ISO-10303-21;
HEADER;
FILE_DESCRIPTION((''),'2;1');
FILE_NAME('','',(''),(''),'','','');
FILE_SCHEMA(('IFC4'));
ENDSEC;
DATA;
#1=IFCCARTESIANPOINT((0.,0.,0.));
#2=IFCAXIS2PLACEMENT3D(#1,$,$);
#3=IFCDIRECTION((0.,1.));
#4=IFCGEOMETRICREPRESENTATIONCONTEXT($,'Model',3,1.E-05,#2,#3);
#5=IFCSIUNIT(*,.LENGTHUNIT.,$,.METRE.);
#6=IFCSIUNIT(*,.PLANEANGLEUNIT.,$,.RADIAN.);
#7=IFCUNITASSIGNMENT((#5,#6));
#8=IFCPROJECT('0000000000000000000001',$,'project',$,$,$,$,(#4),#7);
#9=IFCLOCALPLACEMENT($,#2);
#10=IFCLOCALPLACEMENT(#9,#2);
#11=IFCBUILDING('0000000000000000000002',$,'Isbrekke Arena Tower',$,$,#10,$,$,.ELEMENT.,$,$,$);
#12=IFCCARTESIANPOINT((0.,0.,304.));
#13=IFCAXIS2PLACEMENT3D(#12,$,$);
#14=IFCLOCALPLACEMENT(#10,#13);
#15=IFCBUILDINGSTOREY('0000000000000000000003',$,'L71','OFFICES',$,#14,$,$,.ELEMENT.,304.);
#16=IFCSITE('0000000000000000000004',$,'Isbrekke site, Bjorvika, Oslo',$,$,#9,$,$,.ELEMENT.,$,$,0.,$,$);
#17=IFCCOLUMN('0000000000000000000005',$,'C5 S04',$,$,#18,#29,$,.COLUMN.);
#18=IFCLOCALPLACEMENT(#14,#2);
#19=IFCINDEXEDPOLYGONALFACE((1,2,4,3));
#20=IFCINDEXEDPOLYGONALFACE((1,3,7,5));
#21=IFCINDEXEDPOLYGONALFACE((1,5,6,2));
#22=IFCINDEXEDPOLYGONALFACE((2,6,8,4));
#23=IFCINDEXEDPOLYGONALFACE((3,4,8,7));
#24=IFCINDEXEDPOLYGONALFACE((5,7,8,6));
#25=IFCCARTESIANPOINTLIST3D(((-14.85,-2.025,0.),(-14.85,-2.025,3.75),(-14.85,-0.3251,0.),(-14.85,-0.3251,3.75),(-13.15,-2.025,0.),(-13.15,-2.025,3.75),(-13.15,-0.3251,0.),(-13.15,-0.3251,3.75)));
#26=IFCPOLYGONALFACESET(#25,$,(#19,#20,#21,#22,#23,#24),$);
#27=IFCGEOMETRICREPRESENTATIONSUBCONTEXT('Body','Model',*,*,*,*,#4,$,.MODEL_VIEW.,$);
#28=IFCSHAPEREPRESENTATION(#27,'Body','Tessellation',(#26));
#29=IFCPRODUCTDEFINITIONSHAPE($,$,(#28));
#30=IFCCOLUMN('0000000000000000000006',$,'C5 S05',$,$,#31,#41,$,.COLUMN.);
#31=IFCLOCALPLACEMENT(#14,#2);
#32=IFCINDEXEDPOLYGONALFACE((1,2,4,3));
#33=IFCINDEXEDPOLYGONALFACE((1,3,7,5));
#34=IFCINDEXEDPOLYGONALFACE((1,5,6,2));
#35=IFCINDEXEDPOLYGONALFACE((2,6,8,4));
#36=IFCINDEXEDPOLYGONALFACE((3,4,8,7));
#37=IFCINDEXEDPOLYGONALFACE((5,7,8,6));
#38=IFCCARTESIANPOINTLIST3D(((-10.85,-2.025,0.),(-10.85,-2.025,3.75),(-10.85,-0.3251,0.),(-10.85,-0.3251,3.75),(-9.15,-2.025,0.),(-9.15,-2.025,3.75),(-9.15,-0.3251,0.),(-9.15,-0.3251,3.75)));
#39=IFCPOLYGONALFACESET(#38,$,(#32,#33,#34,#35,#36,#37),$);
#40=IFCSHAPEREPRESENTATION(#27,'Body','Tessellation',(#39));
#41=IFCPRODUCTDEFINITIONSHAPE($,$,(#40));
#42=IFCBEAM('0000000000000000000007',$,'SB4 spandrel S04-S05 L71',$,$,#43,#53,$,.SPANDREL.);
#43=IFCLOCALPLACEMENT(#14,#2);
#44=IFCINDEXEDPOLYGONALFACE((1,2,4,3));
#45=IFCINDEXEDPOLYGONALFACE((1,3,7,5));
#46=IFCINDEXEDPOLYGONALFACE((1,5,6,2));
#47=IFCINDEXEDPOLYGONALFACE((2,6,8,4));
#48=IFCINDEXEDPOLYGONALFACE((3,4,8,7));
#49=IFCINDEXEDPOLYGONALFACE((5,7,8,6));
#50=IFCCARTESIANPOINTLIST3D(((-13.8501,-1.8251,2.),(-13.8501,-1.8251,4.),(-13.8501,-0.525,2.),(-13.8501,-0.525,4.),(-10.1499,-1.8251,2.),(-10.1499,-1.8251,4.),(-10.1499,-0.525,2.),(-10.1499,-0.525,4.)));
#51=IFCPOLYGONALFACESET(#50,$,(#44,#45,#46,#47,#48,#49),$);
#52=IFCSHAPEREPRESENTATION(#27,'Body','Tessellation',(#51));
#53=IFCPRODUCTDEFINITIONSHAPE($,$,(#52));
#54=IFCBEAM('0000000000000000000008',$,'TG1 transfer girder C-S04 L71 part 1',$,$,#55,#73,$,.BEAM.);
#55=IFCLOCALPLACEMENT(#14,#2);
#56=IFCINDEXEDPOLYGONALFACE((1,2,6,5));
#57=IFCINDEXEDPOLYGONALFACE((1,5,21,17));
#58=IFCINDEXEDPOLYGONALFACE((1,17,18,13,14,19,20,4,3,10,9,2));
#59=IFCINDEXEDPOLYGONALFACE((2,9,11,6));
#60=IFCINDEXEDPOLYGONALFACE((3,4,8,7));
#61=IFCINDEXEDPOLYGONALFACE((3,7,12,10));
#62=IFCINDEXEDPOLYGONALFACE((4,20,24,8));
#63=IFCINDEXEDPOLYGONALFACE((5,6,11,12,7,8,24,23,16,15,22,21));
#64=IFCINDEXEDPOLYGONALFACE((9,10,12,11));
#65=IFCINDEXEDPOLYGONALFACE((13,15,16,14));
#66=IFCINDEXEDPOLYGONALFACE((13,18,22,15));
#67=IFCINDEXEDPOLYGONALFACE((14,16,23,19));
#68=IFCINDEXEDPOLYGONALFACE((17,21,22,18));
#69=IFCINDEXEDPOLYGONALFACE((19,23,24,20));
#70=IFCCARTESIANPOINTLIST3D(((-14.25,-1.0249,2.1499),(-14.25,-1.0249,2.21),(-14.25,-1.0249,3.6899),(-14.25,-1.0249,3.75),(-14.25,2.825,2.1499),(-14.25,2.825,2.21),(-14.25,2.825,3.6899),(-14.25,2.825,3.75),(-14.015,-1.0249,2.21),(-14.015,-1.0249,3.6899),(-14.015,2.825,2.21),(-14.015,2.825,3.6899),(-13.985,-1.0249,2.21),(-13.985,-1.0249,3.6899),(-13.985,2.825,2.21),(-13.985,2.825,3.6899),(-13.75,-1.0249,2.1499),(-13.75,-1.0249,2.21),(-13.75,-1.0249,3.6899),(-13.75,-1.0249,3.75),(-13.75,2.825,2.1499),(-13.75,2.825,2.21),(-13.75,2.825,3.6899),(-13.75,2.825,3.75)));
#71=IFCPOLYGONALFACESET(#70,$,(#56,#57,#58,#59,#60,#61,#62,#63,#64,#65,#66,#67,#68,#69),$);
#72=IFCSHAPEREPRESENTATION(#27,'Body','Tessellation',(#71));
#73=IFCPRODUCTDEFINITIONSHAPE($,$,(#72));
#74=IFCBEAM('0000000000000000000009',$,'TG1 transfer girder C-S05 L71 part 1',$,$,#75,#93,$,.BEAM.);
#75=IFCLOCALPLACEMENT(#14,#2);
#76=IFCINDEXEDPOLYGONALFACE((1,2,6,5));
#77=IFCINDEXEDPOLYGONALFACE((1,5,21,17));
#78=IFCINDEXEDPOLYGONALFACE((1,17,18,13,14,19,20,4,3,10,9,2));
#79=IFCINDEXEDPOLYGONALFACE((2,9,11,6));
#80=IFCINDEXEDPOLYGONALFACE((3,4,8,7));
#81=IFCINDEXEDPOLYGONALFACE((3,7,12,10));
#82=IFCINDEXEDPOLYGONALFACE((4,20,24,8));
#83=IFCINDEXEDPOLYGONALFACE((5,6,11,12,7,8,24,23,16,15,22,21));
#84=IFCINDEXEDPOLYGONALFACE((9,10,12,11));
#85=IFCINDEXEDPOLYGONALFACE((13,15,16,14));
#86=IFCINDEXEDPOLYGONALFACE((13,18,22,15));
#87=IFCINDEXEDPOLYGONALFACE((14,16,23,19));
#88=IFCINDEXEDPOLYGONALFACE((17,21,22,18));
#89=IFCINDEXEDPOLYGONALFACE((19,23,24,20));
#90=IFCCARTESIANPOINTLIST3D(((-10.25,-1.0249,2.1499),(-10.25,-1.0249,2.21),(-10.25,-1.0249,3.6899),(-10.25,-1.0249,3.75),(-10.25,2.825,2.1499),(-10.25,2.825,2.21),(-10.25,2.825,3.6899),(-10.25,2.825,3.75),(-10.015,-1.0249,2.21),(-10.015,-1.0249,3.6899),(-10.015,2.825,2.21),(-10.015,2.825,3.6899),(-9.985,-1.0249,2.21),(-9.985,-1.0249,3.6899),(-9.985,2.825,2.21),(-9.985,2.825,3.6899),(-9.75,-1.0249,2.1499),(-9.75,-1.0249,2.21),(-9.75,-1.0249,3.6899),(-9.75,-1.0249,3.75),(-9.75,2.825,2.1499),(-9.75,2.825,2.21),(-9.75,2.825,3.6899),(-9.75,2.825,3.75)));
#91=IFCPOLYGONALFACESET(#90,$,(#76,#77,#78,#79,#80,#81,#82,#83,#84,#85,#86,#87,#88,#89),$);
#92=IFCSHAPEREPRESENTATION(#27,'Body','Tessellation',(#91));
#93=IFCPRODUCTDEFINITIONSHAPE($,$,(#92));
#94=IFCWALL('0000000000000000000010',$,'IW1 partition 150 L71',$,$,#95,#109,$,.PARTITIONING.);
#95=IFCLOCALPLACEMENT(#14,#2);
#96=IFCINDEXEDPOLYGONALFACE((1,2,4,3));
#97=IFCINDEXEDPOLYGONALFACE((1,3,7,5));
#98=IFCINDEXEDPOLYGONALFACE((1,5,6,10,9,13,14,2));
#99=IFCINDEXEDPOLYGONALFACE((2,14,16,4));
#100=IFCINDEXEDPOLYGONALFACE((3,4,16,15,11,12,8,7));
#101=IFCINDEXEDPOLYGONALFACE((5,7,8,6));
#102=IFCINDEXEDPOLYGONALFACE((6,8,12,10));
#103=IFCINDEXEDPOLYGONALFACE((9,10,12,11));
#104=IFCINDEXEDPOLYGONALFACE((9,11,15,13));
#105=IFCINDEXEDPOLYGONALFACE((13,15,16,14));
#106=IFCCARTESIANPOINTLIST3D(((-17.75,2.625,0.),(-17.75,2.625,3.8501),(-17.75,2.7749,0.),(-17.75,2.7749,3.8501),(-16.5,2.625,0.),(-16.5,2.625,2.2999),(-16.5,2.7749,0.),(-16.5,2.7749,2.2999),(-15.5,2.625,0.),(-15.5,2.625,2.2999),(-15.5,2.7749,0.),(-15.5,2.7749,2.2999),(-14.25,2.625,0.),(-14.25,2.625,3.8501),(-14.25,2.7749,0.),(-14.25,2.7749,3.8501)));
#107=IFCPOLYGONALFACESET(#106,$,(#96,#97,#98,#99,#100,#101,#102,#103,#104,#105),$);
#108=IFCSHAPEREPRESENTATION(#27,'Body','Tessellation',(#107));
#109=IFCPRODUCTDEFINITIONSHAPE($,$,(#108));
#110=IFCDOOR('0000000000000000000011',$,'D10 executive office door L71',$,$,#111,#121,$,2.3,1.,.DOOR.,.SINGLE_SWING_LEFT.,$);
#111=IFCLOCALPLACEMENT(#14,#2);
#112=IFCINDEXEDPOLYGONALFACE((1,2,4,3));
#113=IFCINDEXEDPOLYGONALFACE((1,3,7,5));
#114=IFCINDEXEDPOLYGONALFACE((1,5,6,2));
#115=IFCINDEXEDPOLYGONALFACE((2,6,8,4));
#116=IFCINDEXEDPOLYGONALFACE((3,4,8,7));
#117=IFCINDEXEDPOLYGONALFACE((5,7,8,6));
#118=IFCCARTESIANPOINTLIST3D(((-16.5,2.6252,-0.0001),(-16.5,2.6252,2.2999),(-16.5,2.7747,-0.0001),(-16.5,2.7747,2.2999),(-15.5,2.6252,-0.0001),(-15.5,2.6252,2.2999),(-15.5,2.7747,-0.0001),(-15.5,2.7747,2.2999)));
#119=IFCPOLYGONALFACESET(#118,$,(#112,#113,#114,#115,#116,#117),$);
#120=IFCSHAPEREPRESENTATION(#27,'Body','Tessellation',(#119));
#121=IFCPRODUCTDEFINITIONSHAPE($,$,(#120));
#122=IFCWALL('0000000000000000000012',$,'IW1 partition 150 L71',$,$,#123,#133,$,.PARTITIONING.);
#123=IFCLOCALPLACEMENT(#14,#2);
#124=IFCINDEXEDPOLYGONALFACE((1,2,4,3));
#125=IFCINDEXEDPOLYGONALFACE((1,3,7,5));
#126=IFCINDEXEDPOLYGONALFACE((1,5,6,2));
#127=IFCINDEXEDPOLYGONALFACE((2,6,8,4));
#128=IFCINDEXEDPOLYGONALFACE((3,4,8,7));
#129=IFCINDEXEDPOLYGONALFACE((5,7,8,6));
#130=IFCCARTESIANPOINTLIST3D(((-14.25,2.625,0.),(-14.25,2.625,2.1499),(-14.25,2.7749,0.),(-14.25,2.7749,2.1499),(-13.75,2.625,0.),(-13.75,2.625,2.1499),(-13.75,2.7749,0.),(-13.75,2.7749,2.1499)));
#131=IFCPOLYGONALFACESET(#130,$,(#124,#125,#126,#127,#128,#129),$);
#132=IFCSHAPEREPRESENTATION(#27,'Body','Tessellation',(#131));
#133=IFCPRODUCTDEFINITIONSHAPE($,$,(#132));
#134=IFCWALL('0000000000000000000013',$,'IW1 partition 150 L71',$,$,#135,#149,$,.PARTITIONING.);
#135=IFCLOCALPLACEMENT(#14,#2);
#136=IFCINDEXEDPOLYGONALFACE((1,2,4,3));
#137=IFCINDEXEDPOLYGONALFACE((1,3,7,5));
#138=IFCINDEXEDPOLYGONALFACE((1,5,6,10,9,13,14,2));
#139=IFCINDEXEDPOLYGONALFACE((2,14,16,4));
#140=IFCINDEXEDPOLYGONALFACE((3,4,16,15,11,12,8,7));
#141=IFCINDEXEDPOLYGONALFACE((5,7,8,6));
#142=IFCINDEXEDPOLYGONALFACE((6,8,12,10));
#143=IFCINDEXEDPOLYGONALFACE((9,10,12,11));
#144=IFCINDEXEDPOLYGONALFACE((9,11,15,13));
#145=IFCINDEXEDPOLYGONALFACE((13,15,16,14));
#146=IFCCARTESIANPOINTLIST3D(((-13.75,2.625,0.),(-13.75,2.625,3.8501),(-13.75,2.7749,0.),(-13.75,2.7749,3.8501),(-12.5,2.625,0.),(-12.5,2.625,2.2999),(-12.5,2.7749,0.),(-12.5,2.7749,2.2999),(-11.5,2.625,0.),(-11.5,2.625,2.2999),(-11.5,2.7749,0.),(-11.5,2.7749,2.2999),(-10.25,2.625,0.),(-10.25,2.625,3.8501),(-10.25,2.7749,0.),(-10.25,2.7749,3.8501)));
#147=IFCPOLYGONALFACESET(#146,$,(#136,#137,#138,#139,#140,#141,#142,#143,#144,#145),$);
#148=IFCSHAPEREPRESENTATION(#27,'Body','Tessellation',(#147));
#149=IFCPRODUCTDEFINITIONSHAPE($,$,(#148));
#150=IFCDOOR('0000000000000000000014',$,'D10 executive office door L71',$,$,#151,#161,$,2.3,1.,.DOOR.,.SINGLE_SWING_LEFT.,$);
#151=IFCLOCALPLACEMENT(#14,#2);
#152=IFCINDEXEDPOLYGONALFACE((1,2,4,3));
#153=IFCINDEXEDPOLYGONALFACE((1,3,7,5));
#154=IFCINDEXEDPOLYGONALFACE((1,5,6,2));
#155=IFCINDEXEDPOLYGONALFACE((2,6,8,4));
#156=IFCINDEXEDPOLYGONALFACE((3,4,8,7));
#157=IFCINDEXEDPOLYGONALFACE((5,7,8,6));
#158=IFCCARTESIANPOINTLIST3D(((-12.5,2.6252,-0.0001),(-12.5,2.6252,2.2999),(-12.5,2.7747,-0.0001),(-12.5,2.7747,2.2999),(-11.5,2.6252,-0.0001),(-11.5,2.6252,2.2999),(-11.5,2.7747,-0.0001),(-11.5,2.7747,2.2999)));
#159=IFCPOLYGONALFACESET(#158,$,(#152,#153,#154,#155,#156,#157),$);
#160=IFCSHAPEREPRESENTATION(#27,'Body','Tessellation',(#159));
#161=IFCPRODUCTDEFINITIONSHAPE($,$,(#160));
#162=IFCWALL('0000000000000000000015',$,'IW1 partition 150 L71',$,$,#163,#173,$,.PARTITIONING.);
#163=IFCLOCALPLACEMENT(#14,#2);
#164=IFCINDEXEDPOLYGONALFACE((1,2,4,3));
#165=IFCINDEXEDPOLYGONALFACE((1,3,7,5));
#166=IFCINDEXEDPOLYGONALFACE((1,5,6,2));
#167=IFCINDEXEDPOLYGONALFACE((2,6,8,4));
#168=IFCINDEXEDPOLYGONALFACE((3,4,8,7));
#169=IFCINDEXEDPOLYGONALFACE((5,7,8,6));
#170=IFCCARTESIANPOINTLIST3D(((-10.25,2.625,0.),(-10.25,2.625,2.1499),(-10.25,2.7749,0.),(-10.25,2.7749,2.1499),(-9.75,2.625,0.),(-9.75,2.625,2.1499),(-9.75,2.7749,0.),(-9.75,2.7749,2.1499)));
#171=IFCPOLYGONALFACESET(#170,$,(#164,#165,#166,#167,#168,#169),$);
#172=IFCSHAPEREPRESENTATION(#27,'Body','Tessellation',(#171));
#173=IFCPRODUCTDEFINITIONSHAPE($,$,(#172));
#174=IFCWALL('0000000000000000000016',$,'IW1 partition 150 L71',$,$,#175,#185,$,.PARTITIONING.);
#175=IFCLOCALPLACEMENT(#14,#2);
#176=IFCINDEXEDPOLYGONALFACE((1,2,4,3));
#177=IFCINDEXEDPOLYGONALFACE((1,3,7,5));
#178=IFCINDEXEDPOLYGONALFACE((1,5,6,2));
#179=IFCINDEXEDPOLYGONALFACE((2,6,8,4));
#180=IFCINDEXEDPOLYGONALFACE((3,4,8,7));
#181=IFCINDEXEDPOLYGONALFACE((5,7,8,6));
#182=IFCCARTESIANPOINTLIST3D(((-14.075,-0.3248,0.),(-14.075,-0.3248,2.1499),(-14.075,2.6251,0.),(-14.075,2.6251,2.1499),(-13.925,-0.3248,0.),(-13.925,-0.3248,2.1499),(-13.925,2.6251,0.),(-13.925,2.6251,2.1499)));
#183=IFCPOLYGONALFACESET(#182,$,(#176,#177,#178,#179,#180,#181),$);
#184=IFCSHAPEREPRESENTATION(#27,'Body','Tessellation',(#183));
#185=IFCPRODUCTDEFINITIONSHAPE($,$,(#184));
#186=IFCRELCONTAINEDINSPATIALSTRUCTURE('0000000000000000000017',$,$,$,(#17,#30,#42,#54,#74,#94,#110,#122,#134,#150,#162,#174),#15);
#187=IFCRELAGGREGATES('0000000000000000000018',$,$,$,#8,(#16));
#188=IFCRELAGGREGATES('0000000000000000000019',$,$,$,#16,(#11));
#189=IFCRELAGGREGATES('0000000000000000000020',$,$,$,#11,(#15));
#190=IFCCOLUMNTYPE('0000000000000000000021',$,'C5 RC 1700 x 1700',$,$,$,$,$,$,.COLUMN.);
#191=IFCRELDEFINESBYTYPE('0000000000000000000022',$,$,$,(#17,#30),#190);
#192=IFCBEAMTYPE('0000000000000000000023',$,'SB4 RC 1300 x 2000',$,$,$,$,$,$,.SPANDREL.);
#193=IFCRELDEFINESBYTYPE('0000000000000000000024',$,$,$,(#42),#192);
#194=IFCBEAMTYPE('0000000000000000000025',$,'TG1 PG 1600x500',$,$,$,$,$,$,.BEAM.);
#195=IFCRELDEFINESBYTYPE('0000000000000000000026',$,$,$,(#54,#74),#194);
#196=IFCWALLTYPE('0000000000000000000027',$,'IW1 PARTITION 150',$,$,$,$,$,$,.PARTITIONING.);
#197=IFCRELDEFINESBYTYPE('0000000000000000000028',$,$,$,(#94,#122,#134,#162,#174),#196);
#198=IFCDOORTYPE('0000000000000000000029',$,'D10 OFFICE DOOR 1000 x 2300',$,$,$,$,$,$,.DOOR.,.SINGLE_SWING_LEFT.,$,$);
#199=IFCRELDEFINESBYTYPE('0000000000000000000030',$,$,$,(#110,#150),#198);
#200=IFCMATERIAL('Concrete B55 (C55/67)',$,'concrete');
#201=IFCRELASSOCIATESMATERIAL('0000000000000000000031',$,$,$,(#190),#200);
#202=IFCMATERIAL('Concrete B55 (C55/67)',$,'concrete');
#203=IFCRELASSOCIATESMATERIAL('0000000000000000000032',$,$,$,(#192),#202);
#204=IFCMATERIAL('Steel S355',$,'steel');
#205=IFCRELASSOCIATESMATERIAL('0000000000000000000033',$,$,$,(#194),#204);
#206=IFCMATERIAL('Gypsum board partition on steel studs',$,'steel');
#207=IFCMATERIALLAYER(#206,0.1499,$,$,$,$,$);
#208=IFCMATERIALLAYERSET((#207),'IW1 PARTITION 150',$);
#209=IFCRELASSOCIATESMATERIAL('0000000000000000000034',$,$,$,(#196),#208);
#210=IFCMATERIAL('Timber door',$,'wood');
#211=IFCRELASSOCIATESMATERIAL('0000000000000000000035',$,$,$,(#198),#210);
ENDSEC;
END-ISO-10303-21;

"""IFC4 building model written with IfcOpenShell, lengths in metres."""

from ifc_helpers import new_model, si_unit, direction, frame, frame_2d, origin, origin_2d, place, context, subcontext, project, spatial, rectangle, i_section, extrude, material, layer, layer_set, material_profile, profile_set, type_object, element, fill, save


model = new_model("IFC4")

# Units and contexts
model_context = context("Model", 3, precision=1e-05, world=origin(), true_north=direction((0.0, 1.0)))
body_context = subcontext(model_context, "Body", "Model", "MODEL_VIEW")
ifc_project = project(units=[si_unit("LENGTHUNIT", "METRE"), si_unit("PLANEANGLEUNIT", "RADIAN")], contexts=[model_context])

# Site, building, storey
site_placement = place(None, origin())
site = spatial("IfcSite", under=ifc_project, at=site_placement, Name="Isbrekke site, Bjorvika, Oslo", CompositionType="ELEMENT", RefElevation=0.0)
building_placement = place(site_placement, origin())
building = spatial("IfcBuilding", under=site, at=building_placement, Name="Isbrekke Arena Tower", CompositionType="ELEMENT")
storey_placement = place(building_placement, frame((0.0, 0.0, 304.0)))
storey = spatial("IfcBuildingStorey", under=building, at=storey_placement, Name="L71", Description="OFFICES", CompositionType="ELEMENT", Elevation=304.0)

# Columns
ifc_material_1 = material(Name="Concrete B55 (C55/67)", Category="concrete")
ifc_material_profile_1 = material_profile(ifc_material_1, rectangle(XDim=1.7, YDim=1.7, at=origin_2d()), Name="RC 1700x1700")
ifc_profile_set_1 = profile_set([ifc_material_profile_1], Name="Concrete B55 (C55/67)")
column_type = type_object("IfcColumnType", Name="C5 RC 1700 x 1700", PredefinedType="COLUMN", material=ifc_profile_set_1)
for number, where, z_axis, x_axis, name in (
    (1, (-14.0, -1.175, 0.0), (0.0, 0.0, 1.0), (1.0, 0.0, 0.0), "C5 S04"),
    (2, (-10.0, -1.175, 0.0), (0.0, 0.0, 1.0), (1.0, 0.0, 0.0), "C5 S05"),
):
    element("IfcColumn", number, at=place(storey_placement, frame(where, z_axis=z_axis, x_axis=x_axis)), inside=storey, type_object=column_type, Name=name, PredefinedType="COLUMN", context=body_context, shape_type="SweptSolid", body=[
        extrude(rectangle(XDim=1.7, YDim=1.7, at=origin_2d()), origin(), (0.0, 0.0, 1.0), 3.75),
    ])

# Beams
ifc_material_2 = material(Name="Concrete B55 (C55/67)", Category="concrete")
ifc_material_profile_2 = material_profile(ifc_material_2, rectangle(XDim=1.3, YDim=2.0, at=origin_2d()), Name="RC 1300x2000")
ifc_profile_set_2 = profile_set([ifc_material_profile_2], Name="Concrete B55 (C55/67)")
beam_type_1 = type_object("IfcBeamType", Name="SB4 RC 1300 x 2000", PredefinedType="SPANDREL", material=ifc_profile_set_2)
beam_placement = place(storey_placement, frame((-13.8501, -1.175, 3.0), z_axis=(1.0, 0.0, 0.0), x_axis=(0.0, 1.0, 0.0)))
element("IfcBeam", 3, at=beam_placement, inside=storey, type_object=beam_type_1, Name="SB4 spandrel S04-S05 L71", PredefinedType="SPANDREL", context=body_context, shape_type="SweptSolid", body=[
    extrude(rectangle(XDim=1.3, YDim=2.0, at=origin_2d()), origin(), (0.0, 0.0, 1.0), 3.7002),
])
ifc_material_3 = material(Name="Steel S355", Category="steel")
ifc_material_profile_3 = material_profile(ifc_material_3, i_section(OverallWidth=0.5, OverallDepth=1.6001, WebThickness=0.03, FlangeThickness=0.0601, at=origin_2d()), Name="PG 1600x500")
ifc_profile_set_3 = profile_set([ifc_material_profile_3], Name="Steel S355")
beam_type_2 = type_object("IfcBeamType", Name="TG1 PG 1600x500", PredefinedType="BEAM", material=ifc_profile_set_3)
for number, where, z_axis, x_axis, name in (
    (4, (-14.0, -1.0249, 2.95), (0.0, 1.0, 0.0), (-1.0, 0.0, 0.0), "TG1 transfer girder C-S04 L71 part 1"),
    (5, (-10.0, -1.0249, 2.95), (0.0, 1.0, 0.0), (-1.0, 0.0, 0.0), "TG1 transfer girder C-S05 L71 part 1"),
):
    element("IfcBeam", number, at=place(storey_placement, frame(where, z_axis=z_axis, x_axis=x_axis)), inside=storey, type_object=beam_type_2, Name=name, PredefinedType="BEAM", context=body_context, shape_type="SweptSolid", body=[
        extrude(i_section(OverallWidth=0.5, OverallDepth=1.6001, WebThickness=0.03, FlangeThickness=0.0601, at=origin_2d()), origin(), (0.0, 0.0, 1.0), 3.8499),
    ])

# Wall, opening, door
ifc_material_4 = material(Name="Gypsum board partition on steel studs", Category="steel")
ifc_layer = layer(ifc_material_4, 0.1499)
ifc_layer_set = layer_set([ifc_layer], Name="IW1 PARTITION 150")
wall_type = type_object("IfcWallType", Name="IW1 PARTITION 150", PredefinedType="PARTITIONING", material=ifc_layer_set)
wall_1_placement = place(storey_placement, frame((-17.75, 2.7, 0.0), z_axis=(0.0, 0.0, 1.0), x_axis=(1.0, 0.0, 0.0)))
wall_1 = element("IfcWall", 6, at=wall_1_placement, inside=storey, type_object=wall_type, Name="IW1 partition 150 L71", PredefinedType="PARTITIONING", context=body_context, shape_type="SweptSolid", body=[
    extrude(rectangle(XDim=3.5, YDim=0.1499, at=frame_2d((1.75, 0.0))), origin(), (0.0, 0.0, 1.0), 3.8501),
])
opening_1_placement = place(wall_1_placement, frame((1.25, 0.0, 0.0)))
opening_1 = element("IfcOpeningElement", 7, at=opening_1_placement, cuts=wall_1, PredefinedType="OPENING", context=body_context, shape_type="SweptSolid", body=[
    extrude(rectangle(XDim=1.0, YDim=2.3, at=frame_2d((0.5, 1.1499))), frame((0.0, 0.0898, 0.0), z_axis=(0.0, -1.0, 0.0), x_axis=(1.0, 0.0, 0.0)), (0.0, 0.0, 1.0), 0.1797),
])
ifc_material_5 = material(Name="Timber door", Category="wood")
door_type = type_object("IfcDoorType", Name="D10 OFFICE DOOR 1000 x 2300", OperationType="SINGLE_SWING_LEFT", PredefinedType="DOOR", material=ifc_material_5)
door_1_placement = place(opening_1_placement, origin())
door_1 = element("IfcDoor", 8, at=door_1_placement, inside=storey, type_object=door_type, Name="D10 executive office door L71", OperationType="SINGLE_SWING_LEFT", OverallHeight=2.3, OverallWidth=1.0, PredefinedType="DOOR", context=body_context, shape_type="SweptSolid", body=[
    extrude(rectangle(XDim=1.0, YDim=2.3, at=frame_2d((0.5, 1.1499))), frame((0.0, 0.0747, 0.0), z_axis=(0.0, -1.0, 0.0), x_axis=(1.0, 0.0, 0.0)), (0.0, 0.0, 1.0), 0.1494),
])
fill(opening_1, door_1)

# Wall
wall_2_placement = place(storey_placement, frame((-14.25, 2.7, 0.0), z_axis=(0.0, 0.0, 1.0), x_axis=(1.0, 0.0, 0.0)))
element("IfcWall", 9, at=wall_2_placement, inside=storey, type_object=wall_type, Name="IW1 partition 150 L71", PredefinedType="PARTITIONING", context=body_context, shape_type="SweptSolid", body=[
    extrude(rectangle(XDim=0.5, YDim=0.1499, at=frame_2d((0.25, 0.0))), origin(), (0.0, 0.0, 1.0), 2.1499),
])

# Wall, opening, door
wall_3_placement = place(storey_placement, frame((-13.75, 2.7, 0.0), z_axis=(0.0, 0.0, 1.0), x_axis=(1.0, 0.0, 0.0)))
wall_3 = element("IfcWall", 10, at=wall_3_placement, inside=storey, type_object=wall_type, Name="IW1 partition 150 L71", PredefinedType="PARTITIONING", context=body_context, shape_type="SweptSolid", body=[
    extrude(rectangle(XDim=3.5, YDim=0.1499, at=frame_2d((1.75, 0.0))), origin(), (0.0, 0.0, 1.0), 3.8501),
])
opening_2_placement = place(wall_3_placement, frame((1.25, 0.0, 0.0)))
opening_2 = element("IfcOpeningElement", 11, at=opening_2_placement, cuts=wall_3, PredefinedType="OPENING", context=body_context, shape_type="SweptSolid", body=[
    extrude(rectangle(XDim=1.0, YDim=2.3, at=frame_2d((0.5, 1.1499))), frame((0.0, 0.0898, 0.0), z_axis=(0.0, -1.0, 0.0), x_axis=(1.0, 0.0, 0.0)), (0.0, 0.0, 1.0), 0.1797),
])
door_2_placement = place(opening_2_placement, origin())
door_2 = element("IfcDoor", 12, at=door_2_placement, inside=storey, type_object=door_type, Name="D10 executive office door L71", OperationType="SINGLE_SWING_LEFT", OverallHeight=2.3, OverallWidth=1.0, PredefinedType="DOOR", context=body_context, shape_type="SweptSolid", body=[
    extrude(rectangle(XDim=1.0, YDim=2.3, at=frame_2d((0.5, 1.1499))), frame((0.0, 0.0747, 0.0), z_axis=(0.0, -1.0, 0.0), x_axis=(1.0, 0.0, 0.0)), (0.0, 0.0, 1.0), 0.1494),
])
fill(opening_2, door_2)

# Walls
wall_4_placement = place(storey_placement, frame((-10.25, 2.7, 0.0), z_axis=(0.0, 0.0, 1.0), x_axis=(1.0, 0.0, 0.0)))
element("IfcWall", 13, at=wall_4_placement, inside=storey, type_object=wall_type, Name="IW1 partition 150 L71", PredefinedType="PARTITIONING", context=body_context, shape_type="SweptSolid", body=[
    extrude(rectangle(XDim=0.5, YDim=0.1499, at=frame_2d((0.25, 0.0))), origin(), (0.0, 0.0, 1.0), 2.1499),
])
for number, where, z_axis, x_axis, name in (
    (14, (-14.0, -0.325, 0.0), (0.0, 0.0, 1.0), (0.0, 1.0, 0.0), "IW1 partition 150 L71"),
):
    element("IfcWall", number, at=place(storey_placement, frame(where, z_axis=z_axis, x_axis=x_axis)), inside=storey, type_object=wall_type, Name=name, PredefinedType="PARTITIONING", context=body_context, shape_type="SweptSolid", body=[
        extrude(rectangle(XDim=2.95, YDim=0.1499, at=frame_2d((1.4751, 0.0))), origin(), (0.0, 0.0, 1.0), 2.1499),
    ])

save(model, "model.ifc")
